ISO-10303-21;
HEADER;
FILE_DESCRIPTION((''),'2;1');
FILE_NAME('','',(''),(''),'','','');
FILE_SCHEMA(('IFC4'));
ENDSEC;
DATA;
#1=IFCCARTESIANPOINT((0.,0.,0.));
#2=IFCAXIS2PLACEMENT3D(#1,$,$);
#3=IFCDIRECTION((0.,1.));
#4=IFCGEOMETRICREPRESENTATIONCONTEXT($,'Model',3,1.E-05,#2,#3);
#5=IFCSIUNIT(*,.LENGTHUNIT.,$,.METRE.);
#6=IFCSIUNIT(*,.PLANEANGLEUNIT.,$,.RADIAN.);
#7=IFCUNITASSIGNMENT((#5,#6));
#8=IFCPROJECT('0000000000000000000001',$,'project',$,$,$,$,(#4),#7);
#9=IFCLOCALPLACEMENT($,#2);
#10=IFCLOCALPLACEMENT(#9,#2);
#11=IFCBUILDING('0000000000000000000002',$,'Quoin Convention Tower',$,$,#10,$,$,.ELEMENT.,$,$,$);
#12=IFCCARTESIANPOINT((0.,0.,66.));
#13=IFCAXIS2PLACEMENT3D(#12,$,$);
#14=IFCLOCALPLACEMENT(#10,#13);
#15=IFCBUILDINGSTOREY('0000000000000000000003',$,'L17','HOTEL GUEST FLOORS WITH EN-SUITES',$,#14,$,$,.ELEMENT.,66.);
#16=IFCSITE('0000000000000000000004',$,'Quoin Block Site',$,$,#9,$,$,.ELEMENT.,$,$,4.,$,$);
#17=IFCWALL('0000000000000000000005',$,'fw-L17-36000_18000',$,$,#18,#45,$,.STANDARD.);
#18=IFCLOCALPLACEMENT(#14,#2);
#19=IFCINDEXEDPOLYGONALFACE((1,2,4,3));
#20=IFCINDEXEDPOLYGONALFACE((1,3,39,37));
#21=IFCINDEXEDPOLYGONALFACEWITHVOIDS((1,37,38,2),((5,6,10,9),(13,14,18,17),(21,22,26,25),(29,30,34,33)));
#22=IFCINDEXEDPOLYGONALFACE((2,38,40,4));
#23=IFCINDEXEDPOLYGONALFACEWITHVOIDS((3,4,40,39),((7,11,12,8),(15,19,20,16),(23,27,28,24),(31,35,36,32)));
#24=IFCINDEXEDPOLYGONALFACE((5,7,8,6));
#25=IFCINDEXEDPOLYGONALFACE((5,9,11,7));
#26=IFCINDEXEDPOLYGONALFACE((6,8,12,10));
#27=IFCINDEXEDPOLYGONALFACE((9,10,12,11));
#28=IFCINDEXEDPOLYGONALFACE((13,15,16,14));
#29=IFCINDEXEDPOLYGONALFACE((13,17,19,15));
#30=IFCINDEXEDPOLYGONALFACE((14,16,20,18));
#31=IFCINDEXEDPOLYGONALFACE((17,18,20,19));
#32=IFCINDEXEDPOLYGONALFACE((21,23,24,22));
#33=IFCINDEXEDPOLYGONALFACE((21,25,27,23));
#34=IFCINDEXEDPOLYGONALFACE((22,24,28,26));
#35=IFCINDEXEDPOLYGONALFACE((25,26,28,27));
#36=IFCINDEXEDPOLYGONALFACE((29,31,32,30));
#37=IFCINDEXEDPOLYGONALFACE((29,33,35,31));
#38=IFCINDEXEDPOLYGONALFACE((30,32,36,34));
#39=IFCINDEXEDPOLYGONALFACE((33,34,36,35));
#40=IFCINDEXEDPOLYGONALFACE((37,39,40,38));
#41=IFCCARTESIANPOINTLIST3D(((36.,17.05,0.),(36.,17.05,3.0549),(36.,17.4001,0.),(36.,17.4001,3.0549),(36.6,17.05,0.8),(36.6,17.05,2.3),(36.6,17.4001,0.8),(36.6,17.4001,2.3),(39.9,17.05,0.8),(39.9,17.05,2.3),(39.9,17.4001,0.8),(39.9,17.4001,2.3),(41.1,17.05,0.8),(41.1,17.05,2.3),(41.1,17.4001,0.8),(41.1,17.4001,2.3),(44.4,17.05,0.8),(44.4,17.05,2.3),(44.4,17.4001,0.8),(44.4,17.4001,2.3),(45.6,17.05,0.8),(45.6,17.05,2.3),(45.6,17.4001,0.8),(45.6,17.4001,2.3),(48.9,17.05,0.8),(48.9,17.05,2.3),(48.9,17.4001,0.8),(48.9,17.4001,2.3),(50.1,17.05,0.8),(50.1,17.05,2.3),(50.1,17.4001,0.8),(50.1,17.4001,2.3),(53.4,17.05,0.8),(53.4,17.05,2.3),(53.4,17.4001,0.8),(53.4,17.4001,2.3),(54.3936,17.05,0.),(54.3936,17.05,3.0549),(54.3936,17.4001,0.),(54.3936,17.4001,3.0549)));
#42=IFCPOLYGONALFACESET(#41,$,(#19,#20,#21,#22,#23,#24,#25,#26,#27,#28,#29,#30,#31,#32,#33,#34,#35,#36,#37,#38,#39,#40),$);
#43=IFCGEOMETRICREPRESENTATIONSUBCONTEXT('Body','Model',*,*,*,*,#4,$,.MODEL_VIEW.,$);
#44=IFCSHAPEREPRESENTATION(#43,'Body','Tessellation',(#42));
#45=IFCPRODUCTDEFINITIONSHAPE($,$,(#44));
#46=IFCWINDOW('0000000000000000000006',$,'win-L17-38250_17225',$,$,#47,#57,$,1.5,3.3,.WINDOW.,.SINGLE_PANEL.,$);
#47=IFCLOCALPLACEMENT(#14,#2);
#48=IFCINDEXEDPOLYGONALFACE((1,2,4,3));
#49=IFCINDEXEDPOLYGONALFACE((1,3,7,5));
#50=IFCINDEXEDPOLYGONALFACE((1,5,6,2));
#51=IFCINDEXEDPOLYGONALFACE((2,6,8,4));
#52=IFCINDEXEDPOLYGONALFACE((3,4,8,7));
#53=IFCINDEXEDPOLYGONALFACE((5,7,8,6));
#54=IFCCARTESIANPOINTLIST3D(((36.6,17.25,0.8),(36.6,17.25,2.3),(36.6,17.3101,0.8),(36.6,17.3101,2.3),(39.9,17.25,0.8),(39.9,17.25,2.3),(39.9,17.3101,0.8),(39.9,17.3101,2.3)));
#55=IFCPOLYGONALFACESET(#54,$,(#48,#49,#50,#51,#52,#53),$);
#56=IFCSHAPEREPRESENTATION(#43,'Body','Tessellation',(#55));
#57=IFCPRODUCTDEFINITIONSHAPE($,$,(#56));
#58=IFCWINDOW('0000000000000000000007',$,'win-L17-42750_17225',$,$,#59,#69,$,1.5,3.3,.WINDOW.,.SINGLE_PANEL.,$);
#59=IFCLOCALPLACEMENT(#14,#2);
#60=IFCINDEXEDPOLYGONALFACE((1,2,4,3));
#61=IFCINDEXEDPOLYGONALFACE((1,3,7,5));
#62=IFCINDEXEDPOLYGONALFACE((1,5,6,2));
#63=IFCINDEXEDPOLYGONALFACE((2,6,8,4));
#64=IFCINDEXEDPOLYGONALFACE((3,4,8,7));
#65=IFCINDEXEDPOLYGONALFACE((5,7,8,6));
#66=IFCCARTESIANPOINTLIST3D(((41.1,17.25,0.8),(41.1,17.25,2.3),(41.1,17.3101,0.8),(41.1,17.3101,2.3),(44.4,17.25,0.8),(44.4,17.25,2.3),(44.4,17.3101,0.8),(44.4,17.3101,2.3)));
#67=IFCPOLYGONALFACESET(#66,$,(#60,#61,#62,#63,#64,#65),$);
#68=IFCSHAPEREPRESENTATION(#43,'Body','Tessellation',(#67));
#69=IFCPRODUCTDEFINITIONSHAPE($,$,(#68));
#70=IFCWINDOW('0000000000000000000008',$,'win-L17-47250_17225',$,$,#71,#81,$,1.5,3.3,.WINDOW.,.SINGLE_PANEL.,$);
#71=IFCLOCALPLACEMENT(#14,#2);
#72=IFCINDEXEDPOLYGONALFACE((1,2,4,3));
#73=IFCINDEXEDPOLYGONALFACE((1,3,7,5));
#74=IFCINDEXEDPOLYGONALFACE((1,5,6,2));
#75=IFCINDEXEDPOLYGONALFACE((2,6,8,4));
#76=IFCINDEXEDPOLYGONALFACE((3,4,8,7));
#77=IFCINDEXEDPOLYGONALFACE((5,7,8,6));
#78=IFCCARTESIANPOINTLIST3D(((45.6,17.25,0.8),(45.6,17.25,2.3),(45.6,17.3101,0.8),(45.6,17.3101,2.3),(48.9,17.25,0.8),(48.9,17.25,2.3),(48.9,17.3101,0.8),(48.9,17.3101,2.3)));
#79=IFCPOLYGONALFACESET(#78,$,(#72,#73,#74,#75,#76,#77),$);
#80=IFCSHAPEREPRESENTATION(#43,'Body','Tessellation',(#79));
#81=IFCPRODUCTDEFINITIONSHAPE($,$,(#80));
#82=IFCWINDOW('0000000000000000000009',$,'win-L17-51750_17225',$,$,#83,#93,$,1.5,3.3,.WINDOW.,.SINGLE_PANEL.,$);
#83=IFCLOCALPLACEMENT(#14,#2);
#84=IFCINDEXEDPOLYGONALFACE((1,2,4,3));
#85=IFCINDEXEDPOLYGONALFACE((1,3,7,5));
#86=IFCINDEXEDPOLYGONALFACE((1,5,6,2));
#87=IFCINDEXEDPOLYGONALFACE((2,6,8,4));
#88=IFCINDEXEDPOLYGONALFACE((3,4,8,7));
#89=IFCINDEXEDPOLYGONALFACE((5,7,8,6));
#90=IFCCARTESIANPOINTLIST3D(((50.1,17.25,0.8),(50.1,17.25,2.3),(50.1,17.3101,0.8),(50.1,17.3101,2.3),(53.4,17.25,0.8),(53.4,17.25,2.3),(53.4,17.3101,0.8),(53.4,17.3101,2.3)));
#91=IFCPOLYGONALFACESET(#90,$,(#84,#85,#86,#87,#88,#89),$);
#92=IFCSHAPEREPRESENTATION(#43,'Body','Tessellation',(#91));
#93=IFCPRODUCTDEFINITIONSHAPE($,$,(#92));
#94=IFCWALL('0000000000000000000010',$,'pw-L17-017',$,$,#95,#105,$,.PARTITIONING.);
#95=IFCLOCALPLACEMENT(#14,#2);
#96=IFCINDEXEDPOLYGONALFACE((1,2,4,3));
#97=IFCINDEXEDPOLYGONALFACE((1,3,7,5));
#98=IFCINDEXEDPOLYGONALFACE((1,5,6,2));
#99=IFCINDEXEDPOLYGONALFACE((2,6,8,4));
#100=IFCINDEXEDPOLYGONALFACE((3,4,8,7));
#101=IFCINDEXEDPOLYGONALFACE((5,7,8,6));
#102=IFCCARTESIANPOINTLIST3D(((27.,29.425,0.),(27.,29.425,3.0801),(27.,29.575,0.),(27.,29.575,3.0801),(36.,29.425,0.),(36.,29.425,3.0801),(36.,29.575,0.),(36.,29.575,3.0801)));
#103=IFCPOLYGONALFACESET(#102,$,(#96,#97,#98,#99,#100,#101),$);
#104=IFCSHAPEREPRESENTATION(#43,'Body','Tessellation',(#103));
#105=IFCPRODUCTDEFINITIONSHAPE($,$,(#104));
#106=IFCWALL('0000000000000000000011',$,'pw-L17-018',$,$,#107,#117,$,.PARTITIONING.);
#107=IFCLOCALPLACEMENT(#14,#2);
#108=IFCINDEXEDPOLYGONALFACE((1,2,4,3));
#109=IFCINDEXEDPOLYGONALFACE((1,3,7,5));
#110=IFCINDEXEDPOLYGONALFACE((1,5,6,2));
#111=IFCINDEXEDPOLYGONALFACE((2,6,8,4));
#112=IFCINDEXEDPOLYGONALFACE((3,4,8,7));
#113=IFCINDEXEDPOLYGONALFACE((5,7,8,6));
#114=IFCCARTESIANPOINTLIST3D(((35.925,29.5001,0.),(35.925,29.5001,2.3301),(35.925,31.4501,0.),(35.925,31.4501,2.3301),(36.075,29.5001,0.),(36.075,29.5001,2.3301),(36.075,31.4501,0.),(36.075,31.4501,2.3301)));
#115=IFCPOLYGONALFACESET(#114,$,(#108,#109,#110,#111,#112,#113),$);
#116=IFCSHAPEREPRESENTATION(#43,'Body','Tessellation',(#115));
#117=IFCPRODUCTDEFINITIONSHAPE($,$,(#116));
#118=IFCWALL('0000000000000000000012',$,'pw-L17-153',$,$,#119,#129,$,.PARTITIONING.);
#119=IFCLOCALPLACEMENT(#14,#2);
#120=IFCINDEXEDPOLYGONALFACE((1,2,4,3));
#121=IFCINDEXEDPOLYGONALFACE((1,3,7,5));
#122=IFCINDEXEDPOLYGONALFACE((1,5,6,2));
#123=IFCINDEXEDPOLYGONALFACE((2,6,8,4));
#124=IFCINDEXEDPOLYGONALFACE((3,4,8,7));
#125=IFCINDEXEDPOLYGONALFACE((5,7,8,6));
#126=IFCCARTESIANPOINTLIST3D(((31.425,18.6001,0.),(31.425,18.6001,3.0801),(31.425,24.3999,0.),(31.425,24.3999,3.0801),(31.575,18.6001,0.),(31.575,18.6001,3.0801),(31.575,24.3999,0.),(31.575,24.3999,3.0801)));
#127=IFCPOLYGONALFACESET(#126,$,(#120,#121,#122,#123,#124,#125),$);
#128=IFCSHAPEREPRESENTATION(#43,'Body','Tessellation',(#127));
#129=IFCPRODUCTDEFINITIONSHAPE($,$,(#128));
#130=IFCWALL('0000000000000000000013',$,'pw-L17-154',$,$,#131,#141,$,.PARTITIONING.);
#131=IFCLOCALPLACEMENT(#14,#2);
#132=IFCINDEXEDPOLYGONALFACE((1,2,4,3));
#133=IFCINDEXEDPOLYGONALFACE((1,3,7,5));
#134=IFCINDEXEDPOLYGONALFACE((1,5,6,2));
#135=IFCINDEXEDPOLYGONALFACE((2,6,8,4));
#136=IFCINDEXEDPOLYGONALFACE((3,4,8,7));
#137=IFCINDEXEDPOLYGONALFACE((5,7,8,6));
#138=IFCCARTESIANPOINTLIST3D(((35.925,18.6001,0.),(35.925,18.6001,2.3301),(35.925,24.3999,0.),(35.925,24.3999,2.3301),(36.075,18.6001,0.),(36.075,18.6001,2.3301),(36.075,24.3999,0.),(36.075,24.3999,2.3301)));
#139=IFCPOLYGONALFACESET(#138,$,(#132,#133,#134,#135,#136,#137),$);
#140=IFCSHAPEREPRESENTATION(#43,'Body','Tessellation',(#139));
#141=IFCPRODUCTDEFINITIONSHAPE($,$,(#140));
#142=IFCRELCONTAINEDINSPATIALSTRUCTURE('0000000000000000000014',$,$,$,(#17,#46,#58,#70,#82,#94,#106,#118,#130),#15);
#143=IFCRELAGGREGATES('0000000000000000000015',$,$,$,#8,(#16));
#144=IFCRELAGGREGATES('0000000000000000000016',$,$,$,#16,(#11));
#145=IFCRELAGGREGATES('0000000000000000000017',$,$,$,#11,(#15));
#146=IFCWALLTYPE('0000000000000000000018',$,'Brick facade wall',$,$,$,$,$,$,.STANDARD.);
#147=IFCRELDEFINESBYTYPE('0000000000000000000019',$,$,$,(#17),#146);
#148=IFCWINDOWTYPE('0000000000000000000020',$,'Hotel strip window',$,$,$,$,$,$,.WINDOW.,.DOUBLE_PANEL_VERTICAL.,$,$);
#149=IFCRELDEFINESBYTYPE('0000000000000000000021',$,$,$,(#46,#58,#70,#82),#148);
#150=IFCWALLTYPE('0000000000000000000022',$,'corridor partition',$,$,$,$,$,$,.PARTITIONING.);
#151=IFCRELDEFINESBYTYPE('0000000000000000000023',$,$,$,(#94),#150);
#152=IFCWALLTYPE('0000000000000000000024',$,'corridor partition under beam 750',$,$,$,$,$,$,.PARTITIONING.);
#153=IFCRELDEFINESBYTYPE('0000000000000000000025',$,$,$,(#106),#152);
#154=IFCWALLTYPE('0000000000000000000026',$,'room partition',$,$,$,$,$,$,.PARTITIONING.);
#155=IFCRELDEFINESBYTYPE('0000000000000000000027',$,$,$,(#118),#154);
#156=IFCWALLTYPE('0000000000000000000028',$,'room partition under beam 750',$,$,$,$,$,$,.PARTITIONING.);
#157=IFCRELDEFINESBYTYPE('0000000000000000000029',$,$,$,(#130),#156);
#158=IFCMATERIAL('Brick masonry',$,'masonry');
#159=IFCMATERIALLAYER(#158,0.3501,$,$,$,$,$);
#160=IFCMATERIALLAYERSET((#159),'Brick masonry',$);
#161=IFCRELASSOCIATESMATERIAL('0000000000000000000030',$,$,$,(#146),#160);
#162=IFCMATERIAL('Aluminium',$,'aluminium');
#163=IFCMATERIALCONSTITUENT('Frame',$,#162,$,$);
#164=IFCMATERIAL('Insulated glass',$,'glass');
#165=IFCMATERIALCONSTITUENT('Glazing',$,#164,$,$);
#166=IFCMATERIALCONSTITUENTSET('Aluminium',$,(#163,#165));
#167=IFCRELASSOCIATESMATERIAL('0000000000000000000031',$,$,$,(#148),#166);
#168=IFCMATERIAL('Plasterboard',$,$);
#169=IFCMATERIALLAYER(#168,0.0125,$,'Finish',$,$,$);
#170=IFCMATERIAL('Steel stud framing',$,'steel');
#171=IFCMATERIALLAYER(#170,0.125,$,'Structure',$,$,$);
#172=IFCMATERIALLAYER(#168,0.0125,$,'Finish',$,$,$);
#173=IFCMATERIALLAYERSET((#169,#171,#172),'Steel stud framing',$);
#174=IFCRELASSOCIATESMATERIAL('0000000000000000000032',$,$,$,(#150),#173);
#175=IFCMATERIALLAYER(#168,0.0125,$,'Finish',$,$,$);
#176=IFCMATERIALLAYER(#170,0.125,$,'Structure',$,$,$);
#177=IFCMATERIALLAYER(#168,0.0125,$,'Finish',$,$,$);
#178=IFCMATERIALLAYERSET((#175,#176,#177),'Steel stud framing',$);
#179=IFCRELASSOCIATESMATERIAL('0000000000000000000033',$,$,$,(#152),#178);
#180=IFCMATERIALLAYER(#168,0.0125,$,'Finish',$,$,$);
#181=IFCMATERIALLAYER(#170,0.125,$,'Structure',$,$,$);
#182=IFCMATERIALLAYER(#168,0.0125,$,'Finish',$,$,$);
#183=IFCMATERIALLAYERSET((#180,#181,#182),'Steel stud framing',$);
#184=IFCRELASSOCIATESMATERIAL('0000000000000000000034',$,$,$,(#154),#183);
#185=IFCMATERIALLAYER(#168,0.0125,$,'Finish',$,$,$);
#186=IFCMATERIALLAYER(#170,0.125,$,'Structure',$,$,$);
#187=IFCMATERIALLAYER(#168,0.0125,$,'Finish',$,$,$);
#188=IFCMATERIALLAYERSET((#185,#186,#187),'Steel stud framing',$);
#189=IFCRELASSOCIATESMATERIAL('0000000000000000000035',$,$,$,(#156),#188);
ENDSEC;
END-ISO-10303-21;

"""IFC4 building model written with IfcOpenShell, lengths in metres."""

from ifc_helpers import new_model, si_unit, direction, frame, frame_2d, origin, place, context, subcontext, project, spatial, rectangle, extrude, material, layer, layer_set, constituent, constituent_set, type_object, element, fill, save


model = new_model("IFC4")

# Units and contexts
model_context = context("Model", 3, precision=1e-05, world=origin(), true_north=direction((0.0, 1.0)))
body_context = subcontext(model_context, "Body", "Model", "MODEL_VIEW")
ifc_project = project(units=[si_unit("LENGTHUNIT", "METRE"), si_unit("PLANEANGLEUNIT", "RADIAN")], contexts=[model_context])

# Site, building, storey
site_placement = place(None, origin())
site = spatial("IfcSite", under=ifc_project, at=site_placement, Name="Quoin Block Site", CompositionType="ELEMENT", RefElevation=4.0)
building_placement = place(site_placement, origin())
building = spatial("IfcBuilding", under=site, at=building_placement, Name="Quoin Convention Tower", CompositionType="ELEMENT")
storey_placement = place(building_placement, frame((0.0, 0.0, 66.0)))
storey = spatial("IfcBuildingStorey", under=building, at=storey_placement, Name="L17", Description="HOTEL GUEST FLOORS WITH EN-SUITES", CompositionType="ELEMENT", Elevation=66.0)

# Wall, openings, windows
ifc_material_1 = material(Name="Brick masonry", Category="masonry")
ifc_layer_1 = layer(ifc_material_1, 0.3501)
ifc_layer_set_1 = layer_set([ifc_layer_1], Name="Brick masonry")
wall_type_1 = type_object("IfcWallType", Name="Brick facade wall", PredefinedType="STANDARD", material=ifc_layer_set_1)
wall_1_placement = place(storey_placement, frame((36.0, 17.2251, 0.0), z_axis=(0.0, 0.0, 1.0), x_axis=(1.0, 0.0, 0.0)))
wall_1 = element("IfcWall", 1, at=wall_1_placement, inside=storey, type_object=wall_type_1, Name="fw-L17-36000_18000", PredefinedType="STANDARD", context=body_context, shape_type="SweptSolid", body=[
    extrude(rectangle(XDim=18.3936, YDim=0.3501, at=frame_2d((9.1968, 0.0))), origin(), (0.0, 0.0, 1.0), 3.0549),
])
opening_1_placement = place(wall_1_placement, frame((0.6001, 0.0, 0.8)))
opening_1 = element("IfcOpeningElement", 2, at=opening_1_placement, cuts=wall_1, PredefinedType="OPENING", context=body_context, shape_type="SweptSolid", body=[
    extrude(rectangle(XDim=3.3, YDim=1.5, at=frame_2d((1.6499, 0.75))), frame((0.0, 0.1851, 0.0), z_axis=(0.0, -1.0, 0.0), x_axis=(1.0, 0.0, 0.0)), (0.0, 0.0, 1.0), 0.3701),
])
opening_2_placement = place(wall_1_placement, frame((5.1001, 0.0, 0.8)))
opening_2 = element("IfcOpeningElement", 3, at=opening_2_placement, cuts=wall_1, PredefinedType="OPENING", context=body_context, shape_type="SweptSolid", body=[
    extrude(rectangle(XDim=3.3, YDim=1.5, at=frame_2d((1.6499, 0.75))), frame((0.0, 0.1851, 0.0), z_axis=(0.0, -1.0, 0.0), x_axis=(1.0, 0.0, 0.0)), (0.0, 0.0, 1.0), 0.3701),
])
opening_3_placement = place(wall_1_placement, frame((9.6001, 0.0, 0.8)))
opening_3 = element("IfcOpeningElement", 4, at=opening_3_placement, cuts=wall_1, PredefinedType="OPENING", context=body_context, shape_type="SweptSolid", body=[
    extrude(rectangle(XDim=3.3, YDim=1.5, at=frame_2d((1.6499, 0.75))), frame((0.0, 0.1851, 0.0), z_axis=(0.0, -1.0, 0.0), x_axis=(1.0, 0.0, 0.0)), (0.0, 0.0, 1.0), 0.3701),
])
opening_4_placement = place(wall_1_placement, frame((14.1001, 0.0, 0.8)))
opening_4 = element("IfcOpeningElement", 5, at=opening_4_placement, cuts=wall_1, PredefinedType="OPENING", context=body_context, shape_type="SweptSolid", body=[
    extrude(rectangle(XDim=3.3, YDim=1.5, at=frame_2d((1.6499, 0.75))), frame((0.0, 0.1851, 0.0), z_axis=(0.0, -1.0, 0.0), x_axis=(1.0, 0.0, 0.0)), (0.0, 0.0, 1.0), 0.3701),
])
ifc_material_2 = material(Name="Aluminium", Category="aluminium")
ifc_constituent_1 = constituent(ifc_material_2, Name="Frame")
ifc_material_3 = material(Name="Insulated glass", Category="glass")
ifc_constituent_2 = constituent(ifc_material_3, Name="Glazing")
ifc_constituent_set = constituent_set(constituents=[ifc_constituent_1, ifc_constituent_2], Name="Aluminium")
window_type = type_object("IfcWindowType", Name="Hotel strip window", PartitioningType="DOUBLE_PANEL_VERTICAL", PredefinedType="WINDOW", material=ifc_constituent_set)
window_1_placement = place(opening_1_placement, origin())
window_1 = element("IfcWindow", 6, at=window_1_placement, inside=storey, type_object=window_type, Name="win-L17-38250_17225", OverallHeight=1.5, OverallWidth=3.3, PartitioningType="SINGLE_PANEL", PredefinedType="WINDOW", context=body_context, shape_type="SweptSolid", body=[
    extrude(rectangle(XDim=3.3, YDim=1.5, at=frame_2d((1.6499, 0.75))), frame((0.0, 0.085, 0.0), z_axis=(0.0, -1.0, 0.0), x_axis=(1.0, 0.0, 0.0)), (0.0, 0.0, 1.0), 0.0601),
])
fill(opening_1, window_1)
window_2_placement = place(opening_2_placement, origin())
window_2 = element("IfcWindow", 7, at=window_2_placement, inside=storey, type_object=window_type, Name="win-L17-42750_17225", OverallHeight=1.5, OverallWidth=3.3, PartitioningType="SINGLE_PANEL", PredefinedType="WINDOW", context=body_context, shape_type="SweptSolid", body=[
    extrude(rectangle(XDim=3.3, YDim=1.5, at=frame_2d((1.6499, 0.75))), frame((0.0, 0.085, 0.0), z_axis=(0.0, -1.0, 0.0), x_axis=(1.0, 0.0, 0.0)), (0.0, 0.0, 1.0), 0.0601),
])
fill(opening_2, window_2)
window_3_placement = place(opening_3_placement, origin())
window_3 = element("IfcWindow", 8, at=window_3_placement, inside=storey, type_object=window_type, Name="win-L17-47250_17225", OverallHeight=1.5, OverallWidth=3.3, PartitioningType="SINGLE_PANEL", PredefinedType="WINDOW", context=body_context, shape_type="SweptSolid", body=[
    extrude(rectangle(XDim=3.3, YDim=1.5, at=frame_2d((1.6499, 0.75))), frame((0.0, 0.085, 0.0), z_axis=(0.0, -1.0, 0.0), x_axis=(1.0, 0.0, 0.0)), (0.0, 0.0, 1.0), 0.0601),
])
fill(opening_3, window_3)
window_4_placement = place(opening_4_placement, origin())
window_4 = element("IfcWindow", 9, at=window_4_placement, inside=storey, type_object=window_type, Name="win-L17-51750_17225", OverallHeight=1.5, OverallWidth=3.3, PartitioningType="SINGLE_PANEL", PredefinedType="WINDOW", context=body_context, shape_type="SweptSolid", body=[
    extrude(rectangle(XDim=3.3, YDim=1.5, at=frame_2d((1.6499, 0.75))), frame((0.0, 0.085, 0.0), z_axis=(0.0, -1.0, 0.0), x_axis=(1.0, 0.0, 0.0)), (0.0, 0.0, 1.0), 0.0601),
])
fill(opening_4, window_4)

# Walls
ifc_material_4 = material(Name="Plasterboard")
ifc_layer_2 = layer(ifc_material_4, 0.0125, Name="Finish")
ifc_material_5 = material(Name="Steel stud framing", Category="steel")
ifc_layer_3 = layer(ifc_material_5, 0.125, Name="Structure")
ifc_layer_4 = layer(ifc_material_4, 0.0125, Name="Finish")
ifc_layer_set_2 = layer_set([ifc_layer_2, ifc_layer_3, ifc_layer_4], Name="Steel stud framing")
wall_type_2 = type_object("IfcWallType", Name="corridor partition", PredefinedType="PARTITIONING", material=ifc_layer_set_2)
wall_2_placement = place(storey_placement, frame((27.0, 29.5, 0.0), z_axis=(0.0, 0.0, 1.0), x_axis=(1.0, 0.0, 0.0)))
element("IfcWall", 10, at=wall_2_placement, inside=storey, type_object=wall_type_2, Name="pw-L17-017", PredefinedType="PARTITIONING", context=body_context, shape_type="SweptSolid", body=[
    extrude(rectangle(XDim=9.0, YDim=0.1499, at=frame_2d((4.5, 0.0))), origin(), (0.0, 0.0, 1.0), 3.0801),
])
ifc_layer_5 = layer(ifc_material_4, 0.0125, Name="Finish")
ifc_layer_6 = layer(ifc_material_5, 0.125, Name="Structure")
ifc_layer_7 = layer(ifc_material_4, 0.0125, Name="Finish")
ifc_layer_set_3 = layer_set([ifc_layer_5, ifc_layer_6, ifc_layer_7], Name="Steel stud framing")
wall_type_3 = type_object("IfcWallType", Name="corridor partition under beam 750", PredefinedType="PARTITIONING", material=ifc_layer_set_3)
wall_3_placement = place(storey_placement, frame((36.0, 29.5, 0.0), z_axis=(0.0, 0.0, 1.0), x_axis=(0.0, 1.0, 0.0)))
element("IfcWall", 11, at=wall_3_placement, inside=storey, type_object=wall_type_3, Name="pw-L17-018", PredefinedType="PARTITIONING", context=body_context, shape_type="SweptSolid", body=[
    extrude(rectangle(XDim=1.95, YDim=0.1499, at=frame_2d((0.9751, 0.0))), origin(), (0.0, 0.0, 1.0), 2.3301),
])
ifc_layer_8 = layer(ifc_material_4, 0.0125, Name="Finish")
ifc_layer_9 = layer(ifc_material_5, 0.125, Name="Structure")
ifc_layer_10 = layer(ifc_material_4, 0.0125, Name="Finish")
ifc_layer_set_4 = layer_set([ifc_layer_8, ifc_layer_9, ifc_layer_10], Name="Steel stud framing")
wall_type_4 = type_object("IfcWallType", Name="room partition", PredefinedType="PARTITIONING", material=ifc_layer_set_4)
wall_4_placement = place(storey_placement, frame((31.5, 18.6001, 0.0), z_axis=(0.0, 0.0, 1.0), x_axis=(0.0, 1.0, 0.0)))
element("IfcWall", 12, at=wall_4_placement, inside=storey, type_object=wall_type_4, Name="pw-L17-153", PredefinedType="PARTITIONING", context=body_context, shape_type="SweptSolid", body=[
    extrude(rectangle(XDim=5.7998, YDim=0.1499, at=frame_2d((2.8999, 0.0))), origin(), (0.0, 0.0, 1.0), 3.0801),
])
ifc_layer_11 = layer(ifc_material_4, 0.0125, Name="Finish")
ifc_layer_12 = layer(ifc_material_5, 0.125, Name="Structure")
ifc_layer_13 = layer(ifc_material_4, 0.0125, Name="Finish")
ifc_layer_set_5 = layer_set([ifc_layer_11, ifc_layer_12, ifc_layer_13], Name="Steel stud framing")
wall_type_5 = type_object("IfcWallType", Name="room partition under beam 750", PredefinedType="PARTITIONING", material=ifc_layer_set_5)
wall_5_placement = place(storey_placement, frame((36.0, 18.6001, 0.0), z_axis=(0.0, 0.0, 1.0), x_axis=(0.0, 1.0, 0.0)))
element("IfcWall", 13, at=wall_5_placement, inside=storey, type_object=wall_type_5, Name="pw-L17-154", PredefinedType="PARTITIONING", context=body_context, shape_type="SweptSolid", body=[
    extrude(rectangle(XDim=5.7998, YDim=0.1499, at=frame_2d((2.8999, 0.0))), origin(), (0.0, 0.0, 1.0), 2.3301),
])

save(model, "model.ifc")
